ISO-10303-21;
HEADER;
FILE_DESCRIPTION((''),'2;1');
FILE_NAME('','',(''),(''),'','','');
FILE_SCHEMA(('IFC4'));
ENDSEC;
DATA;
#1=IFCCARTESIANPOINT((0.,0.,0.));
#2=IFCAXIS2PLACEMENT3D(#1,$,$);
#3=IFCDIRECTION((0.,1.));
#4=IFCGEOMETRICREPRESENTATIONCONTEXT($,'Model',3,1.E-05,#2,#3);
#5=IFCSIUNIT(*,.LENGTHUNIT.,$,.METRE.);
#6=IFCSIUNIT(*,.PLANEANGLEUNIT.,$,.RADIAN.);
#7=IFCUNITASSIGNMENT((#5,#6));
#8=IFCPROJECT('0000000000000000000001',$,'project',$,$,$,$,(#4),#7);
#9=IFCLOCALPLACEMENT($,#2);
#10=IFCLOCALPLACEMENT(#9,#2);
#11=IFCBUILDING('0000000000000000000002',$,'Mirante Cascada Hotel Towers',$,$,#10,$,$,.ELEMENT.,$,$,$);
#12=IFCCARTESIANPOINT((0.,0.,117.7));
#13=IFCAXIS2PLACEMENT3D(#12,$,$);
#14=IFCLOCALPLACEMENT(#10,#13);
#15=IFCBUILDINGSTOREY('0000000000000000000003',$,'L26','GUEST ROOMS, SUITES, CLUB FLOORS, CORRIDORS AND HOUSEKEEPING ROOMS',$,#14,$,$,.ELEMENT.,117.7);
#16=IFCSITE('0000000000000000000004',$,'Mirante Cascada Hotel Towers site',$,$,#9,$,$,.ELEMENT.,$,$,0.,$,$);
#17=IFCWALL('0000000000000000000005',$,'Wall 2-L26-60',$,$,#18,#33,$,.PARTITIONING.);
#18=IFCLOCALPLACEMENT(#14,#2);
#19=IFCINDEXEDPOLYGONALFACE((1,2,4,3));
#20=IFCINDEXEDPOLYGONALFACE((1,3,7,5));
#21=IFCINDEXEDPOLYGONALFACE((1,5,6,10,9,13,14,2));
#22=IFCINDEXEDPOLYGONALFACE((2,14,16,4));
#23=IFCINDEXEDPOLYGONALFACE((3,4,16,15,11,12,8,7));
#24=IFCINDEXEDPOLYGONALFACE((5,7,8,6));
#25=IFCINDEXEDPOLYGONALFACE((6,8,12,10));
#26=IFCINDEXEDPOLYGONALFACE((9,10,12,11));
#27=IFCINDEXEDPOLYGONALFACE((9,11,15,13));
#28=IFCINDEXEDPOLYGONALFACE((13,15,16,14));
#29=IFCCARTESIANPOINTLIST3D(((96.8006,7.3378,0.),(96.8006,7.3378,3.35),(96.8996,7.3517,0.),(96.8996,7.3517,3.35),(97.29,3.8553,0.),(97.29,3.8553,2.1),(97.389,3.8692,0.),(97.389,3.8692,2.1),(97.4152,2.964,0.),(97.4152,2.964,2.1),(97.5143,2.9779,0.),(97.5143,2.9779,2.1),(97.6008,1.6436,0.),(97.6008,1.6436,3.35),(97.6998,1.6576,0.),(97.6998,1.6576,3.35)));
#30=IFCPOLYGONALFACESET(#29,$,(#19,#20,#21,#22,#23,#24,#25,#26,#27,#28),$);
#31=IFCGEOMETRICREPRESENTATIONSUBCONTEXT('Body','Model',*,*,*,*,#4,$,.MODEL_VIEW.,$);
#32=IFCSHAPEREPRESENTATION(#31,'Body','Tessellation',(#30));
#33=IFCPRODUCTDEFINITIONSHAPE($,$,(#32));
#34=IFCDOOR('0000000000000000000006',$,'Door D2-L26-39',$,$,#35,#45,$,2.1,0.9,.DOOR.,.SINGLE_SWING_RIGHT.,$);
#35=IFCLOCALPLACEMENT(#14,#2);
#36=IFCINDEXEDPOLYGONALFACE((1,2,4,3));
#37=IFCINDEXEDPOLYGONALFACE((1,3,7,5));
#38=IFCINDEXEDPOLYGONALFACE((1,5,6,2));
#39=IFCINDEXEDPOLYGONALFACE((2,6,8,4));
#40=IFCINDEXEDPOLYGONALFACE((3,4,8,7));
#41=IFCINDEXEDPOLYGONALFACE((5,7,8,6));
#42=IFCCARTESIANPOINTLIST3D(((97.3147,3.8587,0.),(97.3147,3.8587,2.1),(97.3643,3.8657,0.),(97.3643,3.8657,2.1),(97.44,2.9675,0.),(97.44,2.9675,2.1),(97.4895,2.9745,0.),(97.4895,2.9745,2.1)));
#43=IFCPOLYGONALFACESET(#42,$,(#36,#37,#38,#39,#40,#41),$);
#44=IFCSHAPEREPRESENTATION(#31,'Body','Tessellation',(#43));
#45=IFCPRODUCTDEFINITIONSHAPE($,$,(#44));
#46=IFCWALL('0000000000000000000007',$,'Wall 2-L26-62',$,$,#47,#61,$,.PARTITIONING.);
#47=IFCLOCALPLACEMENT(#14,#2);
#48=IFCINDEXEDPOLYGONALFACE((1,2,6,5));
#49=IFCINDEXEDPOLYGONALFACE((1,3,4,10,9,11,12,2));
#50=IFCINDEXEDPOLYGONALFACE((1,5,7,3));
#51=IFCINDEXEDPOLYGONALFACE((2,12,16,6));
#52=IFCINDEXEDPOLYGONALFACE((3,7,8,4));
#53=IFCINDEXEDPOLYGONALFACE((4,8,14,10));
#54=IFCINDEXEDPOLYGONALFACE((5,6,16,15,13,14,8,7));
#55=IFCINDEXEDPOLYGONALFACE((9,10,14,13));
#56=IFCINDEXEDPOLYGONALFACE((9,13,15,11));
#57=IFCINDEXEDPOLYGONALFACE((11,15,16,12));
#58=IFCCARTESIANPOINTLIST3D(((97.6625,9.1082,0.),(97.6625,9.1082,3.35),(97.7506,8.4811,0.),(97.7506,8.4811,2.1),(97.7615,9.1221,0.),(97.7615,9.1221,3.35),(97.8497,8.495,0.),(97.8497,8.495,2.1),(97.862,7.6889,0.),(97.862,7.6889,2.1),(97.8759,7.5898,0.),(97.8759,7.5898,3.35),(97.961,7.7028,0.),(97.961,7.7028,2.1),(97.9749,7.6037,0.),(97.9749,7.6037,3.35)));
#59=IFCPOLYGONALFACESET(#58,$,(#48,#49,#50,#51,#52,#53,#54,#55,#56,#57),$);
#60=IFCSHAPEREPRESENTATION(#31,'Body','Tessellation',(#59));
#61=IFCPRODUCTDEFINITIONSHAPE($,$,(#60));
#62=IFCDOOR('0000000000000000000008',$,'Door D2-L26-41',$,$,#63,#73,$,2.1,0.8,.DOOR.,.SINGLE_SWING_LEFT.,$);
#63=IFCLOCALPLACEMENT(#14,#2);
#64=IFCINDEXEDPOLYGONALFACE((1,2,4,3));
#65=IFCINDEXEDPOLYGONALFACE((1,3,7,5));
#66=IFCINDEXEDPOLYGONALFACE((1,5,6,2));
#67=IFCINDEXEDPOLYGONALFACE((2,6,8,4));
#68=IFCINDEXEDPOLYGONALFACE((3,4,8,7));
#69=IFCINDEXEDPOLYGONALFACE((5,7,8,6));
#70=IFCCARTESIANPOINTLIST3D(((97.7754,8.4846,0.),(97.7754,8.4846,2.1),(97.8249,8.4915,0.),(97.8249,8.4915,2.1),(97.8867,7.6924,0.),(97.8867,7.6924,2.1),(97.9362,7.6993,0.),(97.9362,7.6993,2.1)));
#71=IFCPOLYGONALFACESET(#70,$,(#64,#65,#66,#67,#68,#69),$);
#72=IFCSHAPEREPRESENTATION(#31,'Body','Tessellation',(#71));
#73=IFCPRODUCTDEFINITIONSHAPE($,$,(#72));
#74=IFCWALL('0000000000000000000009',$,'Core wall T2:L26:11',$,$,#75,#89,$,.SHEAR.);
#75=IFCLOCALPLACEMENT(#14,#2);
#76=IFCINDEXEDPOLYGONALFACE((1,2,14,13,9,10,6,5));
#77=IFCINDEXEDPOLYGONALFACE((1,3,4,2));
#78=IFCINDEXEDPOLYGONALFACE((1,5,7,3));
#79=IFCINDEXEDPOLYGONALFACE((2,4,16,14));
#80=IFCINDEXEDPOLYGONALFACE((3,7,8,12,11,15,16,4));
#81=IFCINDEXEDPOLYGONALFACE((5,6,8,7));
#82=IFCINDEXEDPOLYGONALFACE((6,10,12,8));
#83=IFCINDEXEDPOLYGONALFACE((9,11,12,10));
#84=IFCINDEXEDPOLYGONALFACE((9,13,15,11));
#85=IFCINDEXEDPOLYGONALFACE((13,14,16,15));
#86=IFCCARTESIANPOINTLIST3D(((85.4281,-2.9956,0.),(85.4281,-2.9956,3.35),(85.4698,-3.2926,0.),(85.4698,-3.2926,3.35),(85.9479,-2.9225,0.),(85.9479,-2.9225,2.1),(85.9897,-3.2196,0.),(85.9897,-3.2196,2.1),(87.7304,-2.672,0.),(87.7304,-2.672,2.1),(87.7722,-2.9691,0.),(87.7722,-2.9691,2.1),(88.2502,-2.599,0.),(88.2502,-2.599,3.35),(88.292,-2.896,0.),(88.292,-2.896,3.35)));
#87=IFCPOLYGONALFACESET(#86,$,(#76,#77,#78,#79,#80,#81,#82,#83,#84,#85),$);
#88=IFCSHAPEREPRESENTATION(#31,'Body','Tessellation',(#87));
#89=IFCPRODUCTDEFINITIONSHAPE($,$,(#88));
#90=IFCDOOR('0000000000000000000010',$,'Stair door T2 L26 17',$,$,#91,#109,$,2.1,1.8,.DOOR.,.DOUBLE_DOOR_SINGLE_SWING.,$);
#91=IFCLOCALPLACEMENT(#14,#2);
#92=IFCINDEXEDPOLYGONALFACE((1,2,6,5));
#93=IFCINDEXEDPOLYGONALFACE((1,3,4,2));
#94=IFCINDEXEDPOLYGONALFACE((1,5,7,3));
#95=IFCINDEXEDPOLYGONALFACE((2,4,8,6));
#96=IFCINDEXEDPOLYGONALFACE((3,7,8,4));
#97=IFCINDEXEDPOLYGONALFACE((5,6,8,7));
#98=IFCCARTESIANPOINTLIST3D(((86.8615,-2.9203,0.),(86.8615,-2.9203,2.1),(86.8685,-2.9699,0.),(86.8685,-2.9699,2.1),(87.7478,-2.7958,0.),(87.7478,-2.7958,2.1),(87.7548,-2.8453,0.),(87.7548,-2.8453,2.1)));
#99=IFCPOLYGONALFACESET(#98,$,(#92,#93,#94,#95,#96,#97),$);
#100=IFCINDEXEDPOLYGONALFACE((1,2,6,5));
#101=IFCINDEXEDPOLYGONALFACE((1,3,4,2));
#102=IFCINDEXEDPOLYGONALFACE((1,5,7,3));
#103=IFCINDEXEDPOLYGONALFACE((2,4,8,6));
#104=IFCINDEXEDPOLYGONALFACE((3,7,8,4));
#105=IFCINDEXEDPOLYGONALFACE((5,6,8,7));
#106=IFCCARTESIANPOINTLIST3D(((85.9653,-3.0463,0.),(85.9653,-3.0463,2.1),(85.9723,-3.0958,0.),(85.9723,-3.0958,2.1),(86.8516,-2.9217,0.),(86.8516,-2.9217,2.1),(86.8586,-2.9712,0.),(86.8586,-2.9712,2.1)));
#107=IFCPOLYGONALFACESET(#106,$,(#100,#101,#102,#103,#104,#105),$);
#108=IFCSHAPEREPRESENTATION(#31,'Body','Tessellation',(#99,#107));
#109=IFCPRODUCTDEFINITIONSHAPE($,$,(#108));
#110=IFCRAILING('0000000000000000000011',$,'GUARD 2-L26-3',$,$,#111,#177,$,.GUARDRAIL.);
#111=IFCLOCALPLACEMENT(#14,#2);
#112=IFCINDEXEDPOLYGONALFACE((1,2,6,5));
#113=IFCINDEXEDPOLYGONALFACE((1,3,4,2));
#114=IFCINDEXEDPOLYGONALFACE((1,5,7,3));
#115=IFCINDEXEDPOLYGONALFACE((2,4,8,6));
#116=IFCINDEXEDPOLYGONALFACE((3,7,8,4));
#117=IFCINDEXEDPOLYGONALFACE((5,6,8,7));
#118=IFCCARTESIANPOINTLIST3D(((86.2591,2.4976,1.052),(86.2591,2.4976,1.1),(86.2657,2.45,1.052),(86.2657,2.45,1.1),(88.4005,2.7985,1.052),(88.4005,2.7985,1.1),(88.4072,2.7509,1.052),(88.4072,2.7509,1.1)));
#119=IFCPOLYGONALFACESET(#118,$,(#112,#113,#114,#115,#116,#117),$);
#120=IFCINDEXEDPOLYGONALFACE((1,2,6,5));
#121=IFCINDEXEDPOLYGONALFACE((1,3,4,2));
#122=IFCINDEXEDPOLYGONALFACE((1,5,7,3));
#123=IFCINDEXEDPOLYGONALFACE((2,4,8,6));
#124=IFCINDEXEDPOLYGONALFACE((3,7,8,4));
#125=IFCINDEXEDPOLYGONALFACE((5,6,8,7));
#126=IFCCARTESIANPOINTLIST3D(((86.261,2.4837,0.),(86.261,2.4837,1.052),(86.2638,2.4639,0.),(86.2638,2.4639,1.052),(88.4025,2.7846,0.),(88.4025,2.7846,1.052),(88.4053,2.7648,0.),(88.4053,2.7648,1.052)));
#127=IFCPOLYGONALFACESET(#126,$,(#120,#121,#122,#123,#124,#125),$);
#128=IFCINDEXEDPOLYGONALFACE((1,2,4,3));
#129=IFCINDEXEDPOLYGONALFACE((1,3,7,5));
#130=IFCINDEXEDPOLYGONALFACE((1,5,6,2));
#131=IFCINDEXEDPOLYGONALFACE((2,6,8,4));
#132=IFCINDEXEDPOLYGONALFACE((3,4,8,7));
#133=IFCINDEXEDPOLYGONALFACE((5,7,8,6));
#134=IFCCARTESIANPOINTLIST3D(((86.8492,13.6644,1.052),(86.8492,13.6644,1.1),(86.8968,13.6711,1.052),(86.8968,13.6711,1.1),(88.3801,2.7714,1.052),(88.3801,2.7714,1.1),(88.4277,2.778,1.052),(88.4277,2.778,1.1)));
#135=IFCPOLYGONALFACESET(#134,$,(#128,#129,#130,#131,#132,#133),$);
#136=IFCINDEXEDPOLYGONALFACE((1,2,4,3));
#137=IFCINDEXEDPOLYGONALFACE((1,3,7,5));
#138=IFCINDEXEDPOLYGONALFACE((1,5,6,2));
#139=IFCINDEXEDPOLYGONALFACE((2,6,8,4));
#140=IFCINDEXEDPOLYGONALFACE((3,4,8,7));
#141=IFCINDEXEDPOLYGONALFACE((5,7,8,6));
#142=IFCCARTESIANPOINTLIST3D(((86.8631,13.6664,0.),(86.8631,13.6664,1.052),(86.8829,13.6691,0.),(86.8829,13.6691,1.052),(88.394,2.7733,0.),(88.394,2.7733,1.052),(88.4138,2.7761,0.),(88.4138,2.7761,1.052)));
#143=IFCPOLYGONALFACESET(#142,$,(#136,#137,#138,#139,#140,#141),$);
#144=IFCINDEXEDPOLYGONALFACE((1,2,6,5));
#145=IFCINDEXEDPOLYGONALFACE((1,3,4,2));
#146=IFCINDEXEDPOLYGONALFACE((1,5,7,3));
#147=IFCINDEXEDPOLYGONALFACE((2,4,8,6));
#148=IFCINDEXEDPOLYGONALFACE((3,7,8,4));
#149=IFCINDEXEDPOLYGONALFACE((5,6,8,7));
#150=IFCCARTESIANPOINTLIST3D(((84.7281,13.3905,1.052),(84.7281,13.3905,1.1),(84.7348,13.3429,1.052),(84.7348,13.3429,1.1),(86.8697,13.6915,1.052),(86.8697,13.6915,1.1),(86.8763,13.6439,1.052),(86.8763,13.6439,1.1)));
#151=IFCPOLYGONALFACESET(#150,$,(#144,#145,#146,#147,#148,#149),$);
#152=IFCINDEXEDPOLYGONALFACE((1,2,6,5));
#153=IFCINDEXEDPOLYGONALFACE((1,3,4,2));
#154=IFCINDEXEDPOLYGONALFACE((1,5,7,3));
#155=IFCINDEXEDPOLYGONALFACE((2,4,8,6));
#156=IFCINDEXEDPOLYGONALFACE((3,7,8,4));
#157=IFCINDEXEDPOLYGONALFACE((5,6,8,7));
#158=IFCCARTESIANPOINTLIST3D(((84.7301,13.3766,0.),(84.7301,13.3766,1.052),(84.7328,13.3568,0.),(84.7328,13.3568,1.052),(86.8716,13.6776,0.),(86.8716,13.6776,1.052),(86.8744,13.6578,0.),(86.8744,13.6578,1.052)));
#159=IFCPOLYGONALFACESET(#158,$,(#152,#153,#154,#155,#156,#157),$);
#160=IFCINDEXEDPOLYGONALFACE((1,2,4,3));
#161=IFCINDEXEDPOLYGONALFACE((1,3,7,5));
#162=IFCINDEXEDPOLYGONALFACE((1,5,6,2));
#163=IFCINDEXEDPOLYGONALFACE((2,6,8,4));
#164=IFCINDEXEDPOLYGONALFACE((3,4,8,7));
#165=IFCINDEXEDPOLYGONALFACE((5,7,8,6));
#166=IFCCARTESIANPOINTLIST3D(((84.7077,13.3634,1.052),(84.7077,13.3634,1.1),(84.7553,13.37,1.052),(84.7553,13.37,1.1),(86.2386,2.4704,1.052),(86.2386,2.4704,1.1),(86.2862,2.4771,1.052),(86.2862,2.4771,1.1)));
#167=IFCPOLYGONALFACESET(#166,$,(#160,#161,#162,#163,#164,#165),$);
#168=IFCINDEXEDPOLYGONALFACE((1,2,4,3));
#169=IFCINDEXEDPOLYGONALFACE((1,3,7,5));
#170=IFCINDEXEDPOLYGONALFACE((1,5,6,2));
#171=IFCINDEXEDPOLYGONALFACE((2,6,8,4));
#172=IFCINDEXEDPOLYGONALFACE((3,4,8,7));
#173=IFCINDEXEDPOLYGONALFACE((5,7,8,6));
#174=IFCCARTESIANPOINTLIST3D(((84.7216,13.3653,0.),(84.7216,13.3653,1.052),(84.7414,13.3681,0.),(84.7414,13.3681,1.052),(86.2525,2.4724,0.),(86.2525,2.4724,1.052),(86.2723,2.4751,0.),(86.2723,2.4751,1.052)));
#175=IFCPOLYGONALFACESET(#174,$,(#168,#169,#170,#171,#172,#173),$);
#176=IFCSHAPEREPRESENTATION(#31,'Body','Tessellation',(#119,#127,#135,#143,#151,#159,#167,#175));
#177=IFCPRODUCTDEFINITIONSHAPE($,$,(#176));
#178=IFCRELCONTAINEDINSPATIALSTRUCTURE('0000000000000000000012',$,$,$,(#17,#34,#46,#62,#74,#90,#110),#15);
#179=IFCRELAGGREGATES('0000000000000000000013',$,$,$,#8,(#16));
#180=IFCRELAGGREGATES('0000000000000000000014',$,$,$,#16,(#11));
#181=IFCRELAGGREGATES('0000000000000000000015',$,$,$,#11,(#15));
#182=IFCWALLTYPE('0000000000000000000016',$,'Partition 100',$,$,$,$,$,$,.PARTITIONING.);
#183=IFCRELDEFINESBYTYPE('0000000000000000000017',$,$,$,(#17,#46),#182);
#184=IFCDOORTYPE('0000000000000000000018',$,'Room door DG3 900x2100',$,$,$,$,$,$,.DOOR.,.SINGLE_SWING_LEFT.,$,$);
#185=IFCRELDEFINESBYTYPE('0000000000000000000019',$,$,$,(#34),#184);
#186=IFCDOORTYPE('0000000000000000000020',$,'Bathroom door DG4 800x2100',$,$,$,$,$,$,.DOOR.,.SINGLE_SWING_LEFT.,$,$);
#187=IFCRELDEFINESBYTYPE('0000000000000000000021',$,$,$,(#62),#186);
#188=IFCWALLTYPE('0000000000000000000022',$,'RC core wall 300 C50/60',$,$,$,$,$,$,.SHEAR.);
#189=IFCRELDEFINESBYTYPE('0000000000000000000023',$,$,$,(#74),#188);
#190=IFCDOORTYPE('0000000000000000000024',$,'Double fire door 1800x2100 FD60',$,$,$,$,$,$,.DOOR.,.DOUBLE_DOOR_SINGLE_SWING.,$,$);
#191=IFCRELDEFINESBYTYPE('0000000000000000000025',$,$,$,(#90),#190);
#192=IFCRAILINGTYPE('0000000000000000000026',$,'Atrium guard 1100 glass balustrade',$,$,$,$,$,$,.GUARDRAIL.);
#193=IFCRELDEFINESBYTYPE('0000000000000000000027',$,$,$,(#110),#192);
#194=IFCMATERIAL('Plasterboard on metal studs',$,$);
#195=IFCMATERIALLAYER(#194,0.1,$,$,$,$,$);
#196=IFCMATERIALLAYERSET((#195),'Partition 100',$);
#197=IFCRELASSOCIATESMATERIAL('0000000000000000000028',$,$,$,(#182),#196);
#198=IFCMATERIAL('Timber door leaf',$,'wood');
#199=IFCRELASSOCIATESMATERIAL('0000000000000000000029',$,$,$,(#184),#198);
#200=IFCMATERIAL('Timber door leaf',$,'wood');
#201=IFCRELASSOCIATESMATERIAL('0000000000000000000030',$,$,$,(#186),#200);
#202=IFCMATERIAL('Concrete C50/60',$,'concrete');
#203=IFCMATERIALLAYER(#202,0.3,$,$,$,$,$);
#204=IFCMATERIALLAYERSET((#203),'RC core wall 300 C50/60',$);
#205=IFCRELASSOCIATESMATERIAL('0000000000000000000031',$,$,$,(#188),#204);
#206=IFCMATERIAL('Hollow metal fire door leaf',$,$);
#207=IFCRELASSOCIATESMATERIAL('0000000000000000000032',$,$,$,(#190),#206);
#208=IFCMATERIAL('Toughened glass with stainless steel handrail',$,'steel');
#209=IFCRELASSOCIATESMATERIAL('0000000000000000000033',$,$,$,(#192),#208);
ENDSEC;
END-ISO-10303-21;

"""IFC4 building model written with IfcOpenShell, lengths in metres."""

from ifc_helpers import new_model, si_unit, direction, frame, frame_2d, origin, origin_2d, place, context, subcontext, project, spatial, rectangle, extrude, material, layer, layer_set, type_object, element, fill, save


model = new_model("IFC4")

# Units and contexts
model_context = context("Model", 3, precision=1e-05, world=origin(), true_north=direction((0.0, 1.0)))
body_context = subcontext(model_context, "Body", "Model", "MODEL_VIEW")
ifc_project = project(units=[si_unit("LENGTHUNIT", "METRE"), si_unit("PLANEANGLEUNIT", "RADIAN")], contexts=[model_context])

# Site, building, storey
site_placement = place(None, origin())
site = spatial("IfcSite", under=ifc_project, at=site_placement, Name="Mirante Cascada Hotel Towers site", CompositionType="ELEMENT", RefElevation=0.0)
building_placement = place(site_placement, origin())
building = spatial("IfcBuilding", under=site, at=building_placement, Name="Mirante Cascada Hotel Towers", CompositionType="ELEMENT")
storey_placement = place(building_placement, frame((0.0, 0.0, 117.7)))
storey = spatial("IfcBuildingStorey", under=building, at=storey_placement, Name="L26", Description="GUEST ROOMS, SUITES, CLUB FLOORS, CORRIDORS AND HOUSEKEEPING ROOMS", CompositionType="ELEMENT", Elevation=117.7)

# Shared definitions
ifc_material_1 = material(Name="Plasterboard on metal studs")
ifc_layer_1 = layer(ifc_material_1, 0.1)
ifc_layer_set_1 = layer_set([ifc_layer_1], Name="Partition 100")
wall_type_1 = type_object("IfcWallType", Name="Partition 100", PredefinedType="PARTITIONING", material=ifc_layer_set_1)

# Walls, openings, doors
wall_1_placement = place(storey_placement, frame((96.8501, 7.3447, 0.0), z_axis=(0.0, 0.0, 1.0), x_axis=(0.139164, -0.990269, 0.0)))
wall_1 = element("IfcWall", 1, at=wall_1_placement, inside=storey, type_object=wall_type_1, Name="Wall 2-L26-60", PredefinedType="PARTITIONING", context=body_context, shape_type="SweptSolid", body=[
    extrude(rectangle(XDim=5.7501, YDim=0.1, at=frame_2d((2.875, 0.0))), origin(), (0.0, 0.0, 1.0), 3.35),
])
opening_1_placement = place(wall_1_placement, frame((3.5167, 0.0, 0.0)))
opening_1 = element("IfcOpeningElement", 2, at=opening_1_placement, cuts=wall_1, PredefinedType="OPENING", context=body_context, shape_type="SweptSolid", body=[
    extrude(rectangle(XDim=0.9, YDim=2.1, at=frame_2d((0.45, 1.05))), frame((0.0, 0.05, 0.0), z_axis=(0.0, -1.0, 0.0), x_axis=(1.0, 0.0, 0.0)), (0.0, 0.0, 1.0), 0.1),
])
ifc_material_2 = material(Name="Timber door leaf", Category="wood")
door_type_1 = type_object("IfcDoorType", Name="Room door DG3 900x2100", OperationType="SINGLE_SWING_LEFT", PredefinedType="DOOR", material=ifc_material_2)
door_1_placement = place(opening_1_placement, frame((0.9, 0.0, 0.0), z_axis=(0.0, 0.0, 1.0), x_axis=(-1.0, 0.0, 0.0)))
door_1 = element("IfcDoor", 3, at=door_1_placement, inside=storey, type_object=door_type_1, Name="Door D2-L26-39", OperationType="SINGLE_SWING_RIGHT", OverallHeight=2.1, OverallWidth=0.9, PredefinedType="DOOR", context=body_context, shape_type="SweptSolid", body=[
    extrude(rectangle(XDim=0.9, YDim=2.1, at=frame_2d((0.45, 1.05))), frame((0.0, 0.025, 0.0), z_axis=(0.0, -1.0, 0.0), x_axis=(1.0, 0.0, 0.0)), (0.0, 0.0, 1.0), 0.05),
])
fill(opening_1, door_1)
wall_2_placement = place(storey_placement, frame((97.712, 9.1152, 0.0), z_axis=(0.0, 0.0, 1.0), x_axis=(0.139175, -0.990268, 0.0)))
wall_2 = element("IfcWall", 4, at=wall_2_placement, inside=storey, type_object=wall_type_1, Name="Wall 2-L26-62", PredefinedType="PARTITIONING", context=body_context, shape_type="SweptSolid", body=[
    extrude(rectangle(XDim=1.5333, YDim=0.1, at=frame_2d((0.7667, 0.0))), origin(), (0.0, 0.0, 1.0), 3.35),
])
opening_2_placement = place(wall_2_placement, frame((0.6333, 0.0, 0.0)))
opening_2 = element("IfcOpeningElement", 5, at=opening_2_placement, cuts=wall_2, PredefinedType="OPENING", context=body_context, shape_type="SweptSolid", body=[
    extrude(rectangle(XDim=0.8, YDim=2.1, at=frame_2d((0.4, 1.05))), frame((0.0, 0.05, 0.0), z_axis=(0.0, -1.0, 0.0), x_axis=(1.0, 0.0, 0.0)), (0.0, 0.0, 1.0), 0.1),
])
ifc_material_3 = material(Name="Timber door leaf", Category="wood")
door_type_2 = type_object("IfcDoorType", Name="Bathroom door DG4 800x2100", OperationType="SINGLE_SWING_LEFT", PredefinedType="DOOR", material=ifc_material_3)
door_2_placement = place(opening_2_placement, origin())
door_2 = element("IfcDoor", 6, at=door_2_placement, inside=storey, type_object=door_type_2, Name="Door D2-L26-41", OperationType="SINGLE_SWING_LEFT", OverallHeight=2.1, OverallWidth=0.8, PredefinedType="DOOR", context=body_context, shape_type="SweptSolid", body=[
    extrude(rectangle(XDim=0.8, YDim=2.1, at=frame_2d((0.4, 1.05))), frame((0.0, 0.025, 0.0), z_axis=(0.0, -1.0, 0.0), x_axis=(1.0, 0.0, 0.0)), (0.0, 0.0, 1.0), 0.05),
])
fill(opening_2, door_2)
ifc_material_4 = material(Name="Concrete C50/60", Category="concrete")
ifc_layer_2 = layer(ifc_material_4, 0.3)
ifc_layer_set_2 = layer_set([ifc_layer_2], Name="RC core wall 300 C50/60")
wall_type_2 = type_object("IfcWallType", Name="RC core wall 300 C50/60", PredefinedType="SHEAR", material=ifc_layer_set_2)
wall_3_placement = place(storey_placement, frame((85.4489, -3.1441, 0.0), z_axis=(0.0, 0.0, 1.0), x_axis=(0.99027, 0.139161, 0.0)))
wall_3 = element("IfcWall", 7, at=wall_3_placement, inside=storey, type_object=wall_type_2, Name="Core wall T2:L26:11", PredefinedType="SHEAR", context=body_context, shape_type="SweptSolid", body=[
    extrude(rectangle(XDim=2.8499, YDim=0.3, at=frame_2d((1.425, 0.0))), origin(), (0.0, 0.0, 1.0), 3.35),
])
opening_3_placement = place(wall_3_placement, frame((0.525, 0.0, 0.0)))
opening_3 = element("IfcOpeningElement", 8, at=opening_3_placement, cuts=wall_3, PredefinedType="OPENING", context=body_context, shape_type="SweptSolid", body=[
    extrude(rectangle(XDim=1.8, YDim=2.1, at=frame_2d((0.9, 1.05))), frame((0.0, 0.15, 0.0), z_axis=(0.0, -1.0, 0.0), x_axis=(1.0, 0.0, 0.0)), (0.0, 0.0, 1.0), 0.3),
])
ifc_material_5 = material(Name="Hollow metal fire door leaf")
door_type_3 = type_object("IfcDoorType", Name="Double fire door 1800x2100 FD60", OperationType="DOUBLE_DOOR_SINGLE_SWING", PredefinedType="DOOR", material=ifc_material_5)
door_3_placement = place(opening_3_placement, frame((1.8, 0.0, 0.0), z_axis=(0.0, 0.0, 1.0), x_axis=(-1.0, 0.0, 0.0)))
door_3 = element("IfcDoor", 9, at=door_3_placement, inside=storey, type_object=door_type_3, Name="Stair door T2 L26 17", OperationType="DOUBLE_DOOR_SINGLE_SWING", OverallHeight=2.1, OverallWidth=1.8, PredefinedType="DOOR", context=body_context, shape_type="SweptSolid", body=[
    extrude(rectangle(XDim=0.895, YDim=2.1, at=frame_2d((0.4475, 1.05))), frame((0.0, 0.025, 0.0), z_axis=(0.0, -1.0, 0.0), x_axis=(1.0, 0.0, 0.0)), (0.0, 0.0, 1.0), 0.05),
    extrude(rectangle(XDim=0.895, YDim=2.1, at=frame_2d((1.3525, 1.05))), frame((0.0, 0.025, 0.0), z_axis=(0.0, -1.0, 0.0), x_axis=(1.0, 0.0, 0.0)), (0.0, 0.0, 1.0), 0.05),
])
fill(opening_3, door_3)

# Railing
ifc_material_6 = material(Name="Toughened glass with stainless steel handrail", Category="steel")
railing_type = type_object("IfcRailingType", Name="Atrium guard 1100 glass balustrade", PredefinedType="GUARDRAIL", material=ifc_material_6)
railing_placement = place(storey_placement, frame((86.2624, 2.4738, 0.0)))
element("IfcRailing", 10, at=railing_placement, inside=storey, type_object=railing_type, Name="GUARD 2-L26-3", PredefinedType="GUARDRAIL", context=body_context, shape_type="SweptSolid", body=[
    extrude(rectangle(XDim=0.048, YDim=0.048, at=origin_2d()), frame((0.0, 0.0, 1.076), z_axis=(0.990272, 0.139142, 0.0), x_axis=(-0.139142, 0.990272, 0.0)), (0.0, 0.0, 1.0), 2.1625),
    extrude(rectangle(XDim=0.02, YDim=1.052, at=origin_2d()), frame((0.0, 0.0, 0.526), z_axis=(0.990272, 0.139142, 0.0), x_axis=(-0.139142, 0.990272, 0.0)), (0.0, 0.0, 1.0), 2.1625),
    extrude(rectangle(XDim=0.048, YDim=0.048, at=origin_2d()), frame((2.1415, 0.3009, 1.076), z_axis=(-0.139172, 0.990268, 0.0), x_axis=(-0.990268, -0.139172, 0.0)), (0.0, 0.0, 1.0), 11.0001),
    extrude(rectangle(XDim=0.02, YDim=1.052, at=origin_2d()), frame((2.1415, 0.3009, 0.526), z_axis=(-0.139172, 0.990268, 0.0), x_axis=(-0.990268, -0.139172, 0.0)), (0.0, 0.0, 1.0), 11.0001),
    extrude(rectangle(XDim=0.048, YDim=0.048, at=origin_2d()), frame((0.6106, 11.1939, 1.076), z_axis=(-0.990266, -0.139187, 0.0), x_axis=(0.139187, -0.990266, 0.0)), (0.0, 0.0, 1.0), 2.1626),
    extrude(rectangle(XDim=0.02, YDim=1.052, at=origin_2d()), frame((0.6106, 11.1939, 0.526), z_axis=(-0.990266, -0.139187, 0.0), x_axis=(0.139187, -0.990266, 0.0)), (0.0, 0.0, 1.0), 2.1626),
    extrude(rectangle(XDim=0.048, YDim=0.048, at=origin_2d()), frame((-1.5309, 10.8929, 1.076), z_axis=(0.139173, -0.990268, 0.0), x_axis=(0.990268, 0.139173, 0.0)), (0.0, 0.0, 1.0), 11.0),
    extrude(rectangle(XDim=0.02, YDim=1.052, at=origin_2d()), frame((-1.5309, 10.8929, 0.526), z_axis=(0.139173, -0.990268, 0.0), x_axis=(0.990268, 0.139173, 0.0)), (0.0, 0.0, 1.0), 11.0),
])

save(model, "model.ifc")
